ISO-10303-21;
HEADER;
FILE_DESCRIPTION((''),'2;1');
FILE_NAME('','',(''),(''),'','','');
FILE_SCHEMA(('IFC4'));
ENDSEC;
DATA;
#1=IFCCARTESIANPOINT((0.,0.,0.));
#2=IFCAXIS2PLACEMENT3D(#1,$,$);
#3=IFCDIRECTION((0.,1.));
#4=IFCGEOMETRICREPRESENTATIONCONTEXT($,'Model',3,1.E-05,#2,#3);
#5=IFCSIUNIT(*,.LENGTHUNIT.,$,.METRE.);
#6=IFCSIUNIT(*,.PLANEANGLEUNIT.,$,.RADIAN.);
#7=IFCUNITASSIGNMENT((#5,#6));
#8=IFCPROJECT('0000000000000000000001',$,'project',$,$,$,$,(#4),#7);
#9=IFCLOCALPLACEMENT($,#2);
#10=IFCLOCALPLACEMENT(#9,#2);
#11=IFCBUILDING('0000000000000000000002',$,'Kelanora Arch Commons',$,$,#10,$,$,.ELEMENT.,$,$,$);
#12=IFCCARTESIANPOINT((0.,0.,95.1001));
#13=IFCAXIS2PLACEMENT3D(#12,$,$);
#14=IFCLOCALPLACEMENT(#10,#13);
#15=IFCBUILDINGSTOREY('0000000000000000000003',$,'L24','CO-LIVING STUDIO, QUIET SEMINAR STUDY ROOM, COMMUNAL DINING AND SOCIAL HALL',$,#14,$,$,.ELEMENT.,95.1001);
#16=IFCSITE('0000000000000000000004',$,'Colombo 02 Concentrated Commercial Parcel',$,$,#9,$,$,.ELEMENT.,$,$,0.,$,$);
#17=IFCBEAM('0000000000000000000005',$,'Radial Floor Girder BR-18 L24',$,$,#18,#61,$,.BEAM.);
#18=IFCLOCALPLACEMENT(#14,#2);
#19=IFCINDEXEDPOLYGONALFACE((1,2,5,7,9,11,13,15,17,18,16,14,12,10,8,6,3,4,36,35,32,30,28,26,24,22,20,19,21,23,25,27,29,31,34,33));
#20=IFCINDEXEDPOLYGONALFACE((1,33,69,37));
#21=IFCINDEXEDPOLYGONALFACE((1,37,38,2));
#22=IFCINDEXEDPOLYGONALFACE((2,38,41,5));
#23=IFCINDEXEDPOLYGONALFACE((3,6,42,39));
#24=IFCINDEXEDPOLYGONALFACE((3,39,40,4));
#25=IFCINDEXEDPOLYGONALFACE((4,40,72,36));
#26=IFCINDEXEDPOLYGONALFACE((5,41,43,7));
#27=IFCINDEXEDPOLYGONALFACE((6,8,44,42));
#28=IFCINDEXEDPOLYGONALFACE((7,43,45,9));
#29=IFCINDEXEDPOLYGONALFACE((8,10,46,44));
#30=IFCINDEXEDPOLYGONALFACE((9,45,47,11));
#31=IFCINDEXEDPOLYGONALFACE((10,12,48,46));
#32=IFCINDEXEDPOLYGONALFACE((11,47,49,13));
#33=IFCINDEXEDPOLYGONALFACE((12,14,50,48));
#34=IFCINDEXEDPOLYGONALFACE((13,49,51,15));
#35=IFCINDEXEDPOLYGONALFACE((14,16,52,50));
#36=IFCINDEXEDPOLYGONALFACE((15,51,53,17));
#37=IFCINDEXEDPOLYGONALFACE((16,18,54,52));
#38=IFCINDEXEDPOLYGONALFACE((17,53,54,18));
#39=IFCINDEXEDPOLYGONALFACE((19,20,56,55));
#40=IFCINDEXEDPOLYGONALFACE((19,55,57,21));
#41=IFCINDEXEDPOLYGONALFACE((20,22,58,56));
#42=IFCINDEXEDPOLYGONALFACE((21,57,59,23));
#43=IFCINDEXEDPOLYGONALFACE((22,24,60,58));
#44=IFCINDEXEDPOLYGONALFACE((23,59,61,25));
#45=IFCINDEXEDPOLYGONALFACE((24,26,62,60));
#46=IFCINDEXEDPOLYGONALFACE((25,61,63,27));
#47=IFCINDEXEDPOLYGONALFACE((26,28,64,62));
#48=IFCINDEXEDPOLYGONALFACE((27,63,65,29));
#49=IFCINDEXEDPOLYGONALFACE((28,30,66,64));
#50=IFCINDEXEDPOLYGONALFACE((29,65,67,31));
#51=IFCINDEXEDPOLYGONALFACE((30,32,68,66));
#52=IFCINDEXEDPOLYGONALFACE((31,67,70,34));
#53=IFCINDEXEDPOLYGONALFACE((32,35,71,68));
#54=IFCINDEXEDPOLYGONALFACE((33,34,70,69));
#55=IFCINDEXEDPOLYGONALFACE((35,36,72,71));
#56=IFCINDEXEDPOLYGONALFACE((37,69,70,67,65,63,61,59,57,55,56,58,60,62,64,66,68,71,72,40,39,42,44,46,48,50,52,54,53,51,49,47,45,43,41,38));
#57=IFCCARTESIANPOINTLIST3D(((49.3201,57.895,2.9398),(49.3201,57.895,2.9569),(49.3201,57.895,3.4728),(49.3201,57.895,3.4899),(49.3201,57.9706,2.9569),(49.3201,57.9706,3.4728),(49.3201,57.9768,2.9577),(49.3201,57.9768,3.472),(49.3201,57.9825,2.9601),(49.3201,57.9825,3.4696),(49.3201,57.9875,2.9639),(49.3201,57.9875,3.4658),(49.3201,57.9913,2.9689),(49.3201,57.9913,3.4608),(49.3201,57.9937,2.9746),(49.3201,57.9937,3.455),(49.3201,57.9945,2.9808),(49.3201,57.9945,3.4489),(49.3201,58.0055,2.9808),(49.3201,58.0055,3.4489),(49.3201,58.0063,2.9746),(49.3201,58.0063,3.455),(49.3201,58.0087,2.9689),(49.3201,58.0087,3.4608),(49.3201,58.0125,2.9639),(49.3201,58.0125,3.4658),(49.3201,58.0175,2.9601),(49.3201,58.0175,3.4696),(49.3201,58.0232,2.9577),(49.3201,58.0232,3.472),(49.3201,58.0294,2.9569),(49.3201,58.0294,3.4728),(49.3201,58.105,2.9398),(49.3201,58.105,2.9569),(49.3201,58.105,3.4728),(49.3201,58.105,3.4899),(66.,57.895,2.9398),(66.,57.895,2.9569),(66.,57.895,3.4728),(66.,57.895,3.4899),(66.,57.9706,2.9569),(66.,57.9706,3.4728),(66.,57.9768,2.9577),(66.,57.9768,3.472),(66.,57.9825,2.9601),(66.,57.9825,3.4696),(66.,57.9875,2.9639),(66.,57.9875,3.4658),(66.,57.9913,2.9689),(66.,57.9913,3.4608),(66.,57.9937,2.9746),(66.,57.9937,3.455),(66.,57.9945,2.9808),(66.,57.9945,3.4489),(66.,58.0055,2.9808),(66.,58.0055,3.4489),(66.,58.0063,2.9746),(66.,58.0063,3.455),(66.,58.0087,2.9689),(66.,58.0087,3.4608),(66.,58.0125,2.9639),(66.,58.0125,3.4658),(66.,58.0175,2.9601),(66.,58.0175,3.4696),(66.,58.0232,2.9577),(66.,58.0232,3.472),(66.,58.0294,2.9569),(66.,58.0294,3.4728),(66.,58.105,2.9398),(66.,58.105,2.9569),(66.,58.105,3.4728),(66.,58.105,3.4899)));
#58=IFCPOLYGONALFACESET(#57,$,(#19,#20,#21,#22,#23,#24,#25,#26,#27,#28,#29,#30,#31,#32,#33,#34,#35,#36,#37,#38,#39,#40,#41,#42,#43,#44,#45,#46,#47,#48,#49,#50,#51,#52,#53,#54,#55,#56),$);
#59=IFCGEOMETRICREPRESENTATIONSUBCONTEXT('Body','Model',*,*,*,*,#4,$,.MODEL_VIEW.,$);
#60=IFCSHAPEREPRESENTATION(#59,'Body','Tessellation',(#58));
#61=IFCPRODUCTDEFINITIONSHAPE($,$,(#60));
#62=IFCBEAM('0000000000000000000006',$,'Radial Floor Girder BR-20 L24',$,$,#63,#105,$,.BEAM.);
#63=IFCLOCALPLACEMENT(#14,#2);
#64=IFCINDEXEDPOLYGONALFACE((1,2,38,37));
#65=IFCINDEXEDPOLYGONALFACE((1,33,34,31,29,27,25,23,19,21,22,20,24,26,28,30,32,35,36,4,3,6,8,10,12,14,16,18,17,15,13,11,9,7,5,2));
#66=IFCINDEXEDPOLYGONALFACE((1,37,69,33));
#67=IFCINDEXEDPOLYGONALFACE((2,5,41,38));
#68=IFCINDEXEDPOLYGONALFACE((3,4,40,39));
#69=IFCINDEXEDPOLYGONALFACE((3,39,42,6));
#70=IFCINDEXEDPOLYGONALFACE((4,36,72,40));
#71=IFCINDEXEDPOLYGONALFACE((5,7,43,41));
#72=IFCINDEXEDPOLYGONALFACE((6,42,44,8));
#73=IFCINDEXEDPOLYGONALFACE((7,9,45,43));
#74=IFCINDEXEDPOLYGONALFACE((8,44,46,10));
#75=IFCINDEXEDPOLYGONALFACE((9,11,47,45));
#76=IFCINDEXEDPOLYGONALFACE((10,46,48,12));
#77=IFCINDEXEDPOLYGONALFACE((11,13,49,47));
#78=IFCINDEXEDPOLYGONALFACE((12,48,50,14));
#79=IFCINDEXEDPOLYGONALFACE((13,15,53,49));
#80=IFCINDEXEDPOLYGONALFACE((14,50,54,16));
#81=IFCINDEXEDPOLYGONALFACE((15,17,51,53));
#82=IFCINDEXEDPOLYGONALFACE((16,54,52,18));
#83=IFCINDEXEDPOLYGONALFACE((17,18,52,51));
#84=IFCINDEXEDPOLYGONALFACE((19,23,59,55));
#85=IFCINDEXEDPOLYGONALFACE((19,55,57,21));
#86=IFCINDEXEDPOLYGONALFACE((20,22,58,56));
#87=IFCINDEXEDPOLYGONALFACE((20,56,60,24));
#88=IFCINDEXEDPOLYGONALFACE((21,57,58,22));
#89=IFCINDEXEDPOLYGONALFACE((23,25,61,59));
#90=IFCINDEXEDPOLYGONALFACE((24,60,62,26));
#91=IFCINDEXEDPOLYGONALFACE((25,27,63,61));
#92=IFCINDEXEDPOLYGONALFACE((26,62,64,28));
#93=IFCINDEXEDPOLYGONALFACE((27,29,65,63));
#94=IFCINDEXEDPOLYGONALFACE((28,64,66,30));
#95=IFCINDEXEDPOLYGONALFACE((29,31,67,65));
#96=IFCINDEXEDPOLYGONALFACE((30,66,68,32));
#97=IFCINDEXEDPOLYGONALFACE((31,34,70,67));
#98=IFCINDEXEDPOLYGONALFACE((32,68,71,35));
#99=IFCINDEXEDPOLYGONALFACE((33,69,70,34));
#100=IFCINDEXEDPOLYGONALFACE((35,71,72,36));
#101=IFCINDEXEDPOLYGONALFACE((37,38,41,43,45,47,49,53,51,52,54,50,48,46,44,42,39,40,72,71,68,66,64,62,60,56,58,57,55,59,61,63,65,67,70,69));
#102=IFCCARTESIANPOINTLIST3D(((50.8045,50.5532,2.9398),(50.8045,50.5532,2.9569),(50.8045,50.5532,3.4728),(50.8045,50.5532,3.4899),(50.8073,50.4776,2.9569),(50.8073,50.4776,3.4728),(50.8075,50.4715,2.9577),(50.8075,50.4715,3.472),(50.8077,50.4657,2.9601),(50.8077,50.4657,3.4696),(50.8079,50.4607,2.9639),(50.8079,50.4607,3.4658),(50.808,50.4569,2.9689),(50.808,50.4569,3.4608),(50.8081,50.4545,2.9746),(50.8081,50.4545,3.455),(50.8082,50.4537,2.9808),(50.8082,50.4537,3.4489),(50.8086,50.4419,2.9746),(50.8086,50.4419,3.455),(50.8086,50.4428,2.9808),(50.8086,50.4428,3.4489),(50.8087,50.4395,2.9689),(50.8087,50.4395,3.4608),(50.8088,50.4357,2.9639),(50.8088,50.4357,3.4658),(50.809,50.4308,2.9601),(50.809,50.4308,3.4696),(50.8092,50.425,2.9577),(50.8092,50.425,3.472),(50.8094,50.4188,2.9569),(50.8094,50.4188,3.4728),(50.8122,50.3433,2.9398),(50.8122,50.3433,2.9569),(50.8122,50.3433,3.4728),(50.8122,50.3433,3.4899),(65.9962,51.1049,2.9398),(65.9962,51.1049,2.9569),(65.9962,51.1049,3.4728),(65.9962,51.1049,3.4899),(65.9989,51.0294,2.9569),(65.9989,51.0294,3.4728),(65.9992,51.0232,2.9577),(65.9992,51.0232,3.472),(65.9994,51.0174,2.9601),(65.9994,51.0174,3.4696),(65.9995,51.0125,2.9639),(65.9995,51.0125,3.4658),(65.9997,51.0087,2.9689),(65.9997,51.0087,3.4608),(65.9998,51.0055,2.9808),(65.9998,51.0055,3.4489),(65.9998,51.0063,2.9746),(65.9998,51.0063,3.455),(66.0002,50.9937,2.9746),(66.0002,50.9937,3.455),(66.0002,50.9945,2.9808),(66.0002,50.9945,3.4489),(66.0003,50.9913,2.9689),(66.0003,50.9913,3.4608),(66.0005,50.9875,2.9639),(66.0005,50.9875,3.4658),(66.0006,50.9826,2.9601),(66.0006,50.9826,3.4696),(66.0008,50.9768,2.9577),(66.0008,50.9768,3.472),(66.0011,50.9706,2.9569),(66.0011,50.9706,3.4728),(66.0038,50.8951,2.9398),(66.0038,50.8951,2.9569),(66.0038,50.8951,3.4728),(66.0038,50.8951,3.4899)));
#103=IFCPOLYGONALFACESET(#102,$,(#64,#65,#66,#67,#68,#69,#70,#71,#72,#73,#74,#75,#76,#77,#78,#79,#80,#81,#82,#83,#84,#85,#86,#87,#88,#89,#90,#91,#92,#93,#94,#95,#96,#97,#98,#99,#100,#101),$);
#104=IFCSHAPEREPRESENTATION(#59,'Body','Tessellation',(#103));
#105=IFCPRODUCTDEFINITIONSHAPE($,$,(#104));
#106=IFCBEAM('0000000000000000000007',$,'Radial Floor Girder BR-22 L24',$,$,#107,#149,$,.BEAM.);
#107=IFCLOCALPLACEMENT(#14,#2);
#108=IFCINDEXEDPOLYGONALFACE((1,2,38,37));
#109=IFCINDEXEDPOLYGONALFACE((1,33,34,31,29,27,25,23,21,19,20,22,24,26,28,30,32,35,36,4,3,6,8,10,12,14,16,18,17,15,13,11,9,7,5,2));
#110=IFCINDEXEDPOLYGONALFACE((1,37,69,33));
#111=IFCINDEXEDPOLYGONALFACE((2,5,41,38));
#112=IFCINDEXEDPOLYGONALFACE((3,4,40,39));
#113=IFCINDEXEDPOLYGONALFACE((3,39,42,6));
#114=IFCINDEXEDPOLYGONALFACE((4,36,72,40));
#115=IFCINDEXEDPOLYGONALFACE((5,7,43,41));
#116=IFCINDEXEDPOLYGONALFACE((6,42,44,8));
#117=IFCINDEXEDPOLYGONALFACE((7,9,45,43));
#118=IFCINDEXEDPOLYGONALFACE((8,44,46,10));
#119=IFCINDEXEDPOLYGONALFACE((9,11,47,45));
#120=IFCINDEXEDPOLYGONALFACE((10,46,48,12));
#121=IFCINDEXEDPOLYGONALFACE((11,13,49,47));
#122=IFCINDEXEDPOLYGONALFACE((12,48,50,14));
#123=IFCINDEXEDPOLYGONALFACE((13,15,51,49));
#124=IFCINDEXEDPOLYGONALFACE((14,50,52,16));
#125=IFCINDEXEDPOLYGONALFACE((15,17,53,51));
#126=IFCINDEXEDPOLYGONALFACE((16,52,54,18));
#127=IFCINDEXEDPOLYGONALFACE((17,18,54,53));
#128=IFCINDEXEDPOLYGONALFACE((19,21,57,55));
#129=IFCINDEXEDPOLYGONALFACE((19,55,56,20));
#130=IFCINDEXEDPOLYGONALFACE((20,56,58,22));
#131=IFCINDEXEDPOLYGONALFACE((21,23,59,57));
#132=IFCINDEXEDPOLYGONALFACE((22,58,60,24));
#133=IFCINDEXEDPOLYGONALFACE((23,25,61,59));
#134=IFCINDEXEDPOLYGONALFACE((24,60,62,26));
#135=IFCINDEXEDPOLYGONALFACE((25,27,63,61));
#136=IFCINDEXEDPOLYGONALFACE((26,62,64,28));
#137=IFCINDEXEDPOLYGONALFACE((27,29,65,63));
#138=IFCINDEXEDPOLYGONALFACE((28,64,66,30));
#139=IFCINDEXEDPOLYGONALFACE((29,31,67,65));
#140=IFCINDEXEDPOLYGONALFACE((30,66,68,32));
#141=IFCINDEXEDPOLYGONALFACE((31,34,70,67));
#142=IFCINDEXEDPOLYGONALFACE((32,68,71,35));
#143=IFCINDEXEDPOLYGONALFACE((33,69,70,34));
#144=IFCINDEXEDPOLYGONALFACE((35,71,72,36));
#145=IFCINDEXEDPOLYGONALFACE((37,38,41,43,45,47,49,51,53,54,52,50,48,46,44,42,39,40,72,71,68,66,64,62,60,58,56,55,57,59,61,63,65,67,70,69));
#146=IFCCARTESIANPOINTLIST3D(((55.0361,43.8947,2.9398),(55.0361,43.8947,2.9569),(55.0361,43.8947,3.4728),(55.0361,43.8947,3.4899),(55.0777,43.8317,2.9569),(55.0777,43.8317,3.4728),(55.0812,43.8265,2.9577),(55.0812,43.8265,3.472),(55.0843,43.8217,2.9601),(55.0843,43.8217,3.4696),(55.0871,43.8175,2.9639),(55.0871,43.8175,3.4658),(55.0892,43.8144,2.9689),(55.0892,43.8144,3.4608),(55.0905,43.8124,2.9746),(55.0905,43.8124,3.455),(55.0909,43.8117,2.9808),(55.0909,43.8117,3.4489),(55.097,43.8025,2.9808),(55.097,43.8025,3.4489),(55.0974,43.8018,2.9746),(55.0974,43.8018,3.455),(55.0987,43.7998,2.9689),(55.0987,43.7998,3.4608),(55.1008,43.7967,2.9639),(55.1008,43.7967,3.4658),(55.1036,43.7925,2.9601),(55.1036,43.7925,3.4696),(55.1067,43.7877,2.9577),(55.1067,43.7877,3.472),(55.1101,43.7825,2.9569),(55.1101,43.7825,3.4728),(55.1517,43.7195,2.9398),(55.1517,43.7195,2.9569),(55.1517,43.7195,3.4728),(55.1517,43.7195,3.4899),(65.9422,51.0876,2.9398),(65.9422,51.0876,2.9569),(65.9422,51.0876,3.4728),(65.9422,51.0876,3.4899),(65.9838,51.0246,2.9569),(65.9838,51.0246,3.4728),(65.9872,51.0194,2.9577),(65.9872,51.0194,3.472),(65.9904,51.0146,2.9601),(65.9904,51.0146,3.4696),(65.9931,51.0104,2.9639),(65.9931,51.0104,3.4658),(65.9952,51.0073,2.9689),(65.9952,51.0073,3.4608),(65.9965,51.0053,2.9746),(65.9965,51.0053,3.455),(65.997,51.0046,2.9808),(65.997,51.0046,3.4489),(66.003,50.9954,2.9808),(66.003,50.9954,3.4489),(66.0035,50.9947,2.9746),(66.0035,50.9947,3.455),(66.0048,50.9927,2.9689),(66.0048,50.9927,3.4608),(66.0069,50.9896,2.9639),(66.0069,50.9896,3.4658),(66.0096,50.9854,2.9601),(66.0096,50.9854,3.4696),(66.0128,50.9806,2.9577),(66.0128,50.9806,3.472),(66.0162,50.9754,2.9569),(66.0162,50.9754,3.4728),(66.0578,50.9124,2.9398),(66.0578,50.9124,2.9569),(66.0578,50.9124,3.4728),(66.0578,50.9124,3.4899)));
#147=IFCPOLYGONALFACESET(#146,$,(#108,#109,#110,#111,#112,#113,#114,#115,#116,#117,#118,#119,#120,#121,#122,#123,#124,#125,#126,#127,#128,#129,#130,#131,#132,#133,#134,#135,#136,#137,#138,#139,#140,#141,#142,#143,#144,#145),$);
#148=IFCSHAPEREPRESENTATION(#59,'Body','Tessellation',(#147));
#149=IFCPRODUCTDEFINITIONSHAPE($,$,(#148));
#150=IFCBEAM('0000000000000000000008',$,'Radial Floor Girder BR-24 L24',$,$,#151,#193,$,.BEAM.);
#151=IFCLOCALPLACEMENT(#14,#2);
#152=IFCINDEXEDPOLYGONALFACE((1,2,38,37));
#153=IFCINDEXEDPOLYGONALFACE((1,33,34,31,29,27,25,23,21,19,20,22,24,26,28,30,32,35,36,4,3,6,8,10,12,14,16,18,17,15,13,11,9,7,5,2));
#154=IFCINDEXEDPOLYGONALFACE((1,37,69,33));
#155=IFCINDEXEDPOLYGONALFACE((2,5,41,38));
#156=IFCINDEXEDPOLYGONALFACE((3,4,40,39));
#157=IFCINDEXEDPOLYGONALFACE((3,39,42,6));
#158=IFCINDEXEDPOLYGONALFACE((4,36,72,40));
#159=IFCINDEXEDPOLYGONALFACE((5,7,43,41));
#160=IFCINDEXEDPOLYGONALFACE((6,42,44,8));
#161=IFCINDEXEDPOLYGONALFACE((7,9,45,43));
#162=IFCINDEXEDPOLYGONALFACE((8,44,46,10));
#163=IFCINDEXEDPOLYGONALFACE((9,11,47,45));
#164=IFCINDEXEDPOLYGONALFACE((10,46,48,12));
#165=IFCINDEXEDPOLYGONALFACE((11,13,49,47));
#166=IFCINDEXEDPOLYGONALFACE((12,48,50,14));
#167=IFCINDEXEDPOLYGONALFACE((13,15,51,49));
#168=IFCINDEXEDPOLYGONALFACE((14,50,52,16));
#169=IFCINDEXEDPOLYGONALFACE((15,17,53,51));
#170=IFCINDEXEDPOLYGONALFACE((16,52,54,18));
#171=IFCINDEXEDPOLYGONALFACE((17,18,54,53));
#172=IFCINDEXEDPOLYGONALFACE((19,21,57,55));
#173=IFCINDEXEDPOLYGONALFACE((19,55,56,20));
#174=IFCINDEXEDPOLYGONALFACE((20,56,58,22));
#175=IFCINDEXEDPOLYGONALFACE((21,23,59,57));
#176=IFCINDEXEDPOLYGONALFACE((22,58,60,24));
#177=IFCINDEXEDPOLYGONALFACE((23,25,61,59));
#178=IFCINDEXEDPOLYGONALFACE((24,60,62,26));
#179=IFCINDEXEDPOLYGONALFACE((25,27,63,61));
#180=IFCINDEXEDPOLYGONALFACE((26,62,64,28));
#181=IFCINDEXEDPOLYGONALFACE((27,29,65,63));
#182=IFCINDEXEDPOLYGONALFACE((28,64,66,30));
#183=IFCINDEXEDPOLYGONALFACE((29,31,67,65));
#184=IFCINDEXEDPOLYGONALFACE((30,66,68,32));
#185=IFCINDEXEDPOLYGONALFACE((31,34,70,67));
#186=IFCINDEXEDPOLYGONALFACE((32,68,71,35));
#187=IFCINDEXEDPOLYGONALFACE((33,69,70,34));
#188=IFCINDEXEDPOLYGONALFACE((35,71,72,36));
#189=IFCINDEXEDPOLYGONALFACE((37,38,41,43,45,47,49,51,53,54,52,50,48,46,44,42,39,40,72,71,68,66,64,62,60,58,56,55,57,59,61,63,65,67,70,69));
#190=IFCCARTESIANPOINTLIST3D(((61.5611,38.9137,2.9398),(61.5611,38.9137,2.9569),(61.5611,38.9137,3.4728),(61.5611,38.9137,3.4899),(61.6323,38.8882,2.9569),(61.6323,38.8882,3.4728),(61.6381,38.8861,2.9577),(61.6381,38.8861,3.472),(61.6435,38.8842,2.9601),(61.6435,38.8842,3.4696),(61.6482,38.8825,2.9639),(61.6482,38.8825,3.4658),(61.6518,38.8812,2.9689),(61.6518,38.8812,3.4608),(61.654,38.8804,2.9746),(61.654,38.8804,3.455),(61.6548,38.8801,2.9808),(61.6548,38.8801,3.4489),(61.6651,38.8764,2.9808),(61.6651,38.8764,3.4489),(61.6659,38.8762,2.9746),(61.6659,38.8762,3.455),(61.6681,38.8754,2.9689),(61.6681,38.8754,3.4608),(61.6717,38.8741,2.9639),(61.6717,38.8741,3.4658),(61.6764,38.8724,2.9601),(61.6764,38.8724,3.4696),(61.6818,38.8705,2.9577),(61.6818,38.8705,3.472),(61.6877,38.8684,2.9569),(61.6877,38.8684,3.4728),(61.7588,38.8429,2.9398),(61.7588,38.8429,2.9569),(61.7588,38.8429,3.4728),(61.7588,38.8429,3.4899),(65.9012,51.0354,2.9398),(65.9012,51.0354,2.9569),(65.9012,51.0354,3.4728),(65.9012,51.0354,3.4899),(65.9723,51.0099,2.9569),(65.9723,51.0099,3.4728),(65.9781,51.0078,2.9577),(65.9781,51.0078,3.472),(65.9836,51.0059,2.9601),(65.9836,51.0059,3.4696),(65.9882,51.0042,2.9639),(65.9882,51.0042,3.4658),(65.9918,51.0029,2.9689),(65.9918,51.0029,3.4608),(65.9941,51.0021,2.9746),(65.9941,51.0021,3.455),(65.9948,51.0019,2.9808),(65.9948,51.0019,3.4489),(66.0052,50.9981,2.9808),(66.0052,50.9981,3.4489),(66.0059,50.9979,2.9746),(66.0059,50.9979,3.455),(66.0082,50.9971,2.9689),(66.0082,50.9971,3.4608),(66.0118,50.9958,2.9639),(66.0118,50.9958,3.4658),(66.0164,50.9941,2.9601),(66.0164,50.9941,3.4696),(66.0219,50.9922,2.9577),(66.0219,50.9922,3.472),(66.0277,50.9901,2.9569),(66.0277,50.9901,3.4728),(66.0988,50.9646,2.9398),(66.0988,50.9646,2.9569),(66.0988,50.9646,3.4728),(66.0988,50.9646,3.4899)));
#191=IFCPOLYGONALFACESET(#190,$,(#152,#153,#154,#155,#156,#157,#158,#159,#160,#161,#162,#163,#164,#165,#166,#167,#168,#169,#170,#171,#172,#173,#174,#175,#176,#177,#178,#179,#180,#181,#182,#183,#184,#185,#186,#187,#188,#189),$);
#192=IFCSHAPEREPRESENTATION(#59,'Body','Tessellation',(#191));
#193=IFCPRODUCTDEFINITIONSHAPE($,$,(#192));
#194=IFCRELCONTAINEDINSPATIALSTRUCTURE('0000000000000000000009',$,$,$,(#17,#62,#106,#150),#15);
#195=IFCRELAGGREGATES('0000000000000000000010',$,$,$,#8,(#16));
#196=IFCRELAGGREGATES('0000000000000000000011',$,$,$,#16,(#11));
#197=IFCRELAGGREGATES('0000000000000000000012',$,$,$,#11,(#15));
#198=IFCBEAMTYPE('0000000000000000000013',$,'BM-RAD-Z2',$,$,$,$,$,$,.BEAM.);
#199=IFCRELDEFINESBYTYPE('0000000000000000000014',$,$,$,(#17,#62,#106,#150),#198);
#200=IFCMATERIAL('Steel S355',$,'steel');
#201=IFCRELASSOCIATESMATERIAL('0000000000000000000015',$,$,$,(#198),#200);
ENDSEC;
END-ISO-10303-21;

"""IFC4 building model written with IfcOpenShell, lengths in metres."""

from ifc_helpers import new_model, si_unit, direction, frame, origin, origin_2d, place, context, subcontext, project, spatial, i_section, extrude, material, material_profile, profile_set, type_object, element, save


model = new_model("IFC4")

# Units and contexts
model_context = context("Model", 3, precision=1e-05, world=origin(), true_north=direction((0.0, 1.0)))
body_context = subcontext(model_context, "Body", "Model", "MODEL_VIEW")
ifc_project = project(units=[si_unit("LENGTHUNIT", "METRE"), si_unit("PLANEANGLEUNIT", "RADIAN")], contexts=[model_context])

# Site, building, storey
site_placement = place(None, origin())
site = spatial("IfcSite", under=ifc_project, at=site_placement, Name="Colombo 02 Concentrated Commercial Parcel", CompositionType="ELEMENT", RefElevation=0.0)
building_placement = place(site_placement, origin())
building = spatial("IfcBuilding", under=site, at=building_placement, Name="Kelanora Arch Commons", CompositionType="ELEMENT")
storey_placement = place(building_placement, frame((0.0, 0.0, 95.1001)))
storey = spatial("IfcBuildingStorey", under=building, at=storey_placement, Name="L24", Description="CO-LIVING STUDIO, QUIET SEMINAR STUDY ROOM, COMMUNAL DINING AND SOCIAL HALL", CompositionType="ELEMENT", Elevation=95.1001)

# Beams
ifc_material_1 = material(Name="Steel S355", Category="steel")
ifc_material_profile_1 = material_profile(ifc_material_1, i_section(OverallWidth=0.21, OverallDepth=0.55, WebThickness=0.011, FlangeThickness=0.0171, FilletRadius=0.0239, at=origin_2d()), Name="IPE550")
ifc_profile_set_1 = profile_set([ifc_material_profile_1], Name="Steel S355")
beam_type_1 = type_object("IfcBeamType", Name="BM-RAD-Z2", PredefinedType="BEAM", material=ifc_profile_set_1)
beam_1_placement = place(storey_placement, frame((66.0, 58.0, 3.2148), z_axis=(-1.0, 0.0, 0.0), x_axis=(0.0, -1.0, 0.0)))
element("IfcBeam", 1, at=beam_1_placement, inside=storey, type_object=beam_type_1, Name="Radial Floor Girder BR-18 L24", PredefinedType="BEAM", context=body_context, shape_type="SweptSolid", body=[
    extrude(i_section(OverallWidth=0.21, OverallDepth=0.55, WebThickness=0.011, FlangeThickness=0.0171, FilletRadius=0.0239, at=origin_2d()), origin(), (0.0, 0.0, 1.0), 16.6799),
])
beam_2_placement = place(storey_placement, frame((66.0, 51.0, 3.2148), z_axis=(-0.999341, -0.036296, 0.0), x_axis=(0.036296, -0.999341, 0.0)))
element("IfcBeam", 2, at=beam_2_placement, inside=storey, type_object=beam_type_1, Name="Radial Floor Girder BR-20 L24", PredefinedType="BEAM", context=body_context, shape_type="SweptSolid", body=[
    extrude(i_section(OverallWidth=0.21, OverallDepth=0.55, WebThickness=0.011, FlangeThickness=0.0171, FilletRadius=0.0239, at=origin_2d()), origin(), (0.0, 0.0, 1.0), 15.2017),
])
beam_3_placement = place(storey_placement, frame((66.0, 51.0, 3.2148), z_axis=(-0.834789, -0.550571, 0.0), x_axis=(0.550571, -0.834789, 0.0)))
element("IfcBeam", 3, at=beam_3_placement, inside=storey, type_object=beam_type_1, Name="Radial Floor Girder BR-22 L24", PredefinedType="BEAM", context=body_context, shape_type="SweptSolid", body=[
    extrude(i_section(OverallWidth=0.21, OverallDepth=0.55, WebThickness=0.011, FlangeThickness=0.0171, FilletRadius=0.0239, at=origin_2d()), origin(), (0.0, 0.0, 1.0), 13.0645),
])
beam_4_placement = place(storey_placement, frame((66.0, 51.0, 3.2148), z_axis=(-0.337085, -0.941474, 0.0), x_axis=(0.941474, -0.337085, 0.0)))
element("IfcBeam", 4, at=beam_4_placement, inside=storey, type_object=beam_type_1, Name="Radial Floor Girder BR-24 L24", PredefinedType="BEAM", context=body_context, shape_type="SweptSolid", body=[
    extrude(i_section(OverallWidth=0.21, OverallDepth=0.55, WebThickness=0.011, FlangeThickness=0.0171, FilletRadius=0.0239, at=origin_2d()), origin(), (0.0, 0.0, 1.0), 12.8752),
])

save(model, "model.ifc")
